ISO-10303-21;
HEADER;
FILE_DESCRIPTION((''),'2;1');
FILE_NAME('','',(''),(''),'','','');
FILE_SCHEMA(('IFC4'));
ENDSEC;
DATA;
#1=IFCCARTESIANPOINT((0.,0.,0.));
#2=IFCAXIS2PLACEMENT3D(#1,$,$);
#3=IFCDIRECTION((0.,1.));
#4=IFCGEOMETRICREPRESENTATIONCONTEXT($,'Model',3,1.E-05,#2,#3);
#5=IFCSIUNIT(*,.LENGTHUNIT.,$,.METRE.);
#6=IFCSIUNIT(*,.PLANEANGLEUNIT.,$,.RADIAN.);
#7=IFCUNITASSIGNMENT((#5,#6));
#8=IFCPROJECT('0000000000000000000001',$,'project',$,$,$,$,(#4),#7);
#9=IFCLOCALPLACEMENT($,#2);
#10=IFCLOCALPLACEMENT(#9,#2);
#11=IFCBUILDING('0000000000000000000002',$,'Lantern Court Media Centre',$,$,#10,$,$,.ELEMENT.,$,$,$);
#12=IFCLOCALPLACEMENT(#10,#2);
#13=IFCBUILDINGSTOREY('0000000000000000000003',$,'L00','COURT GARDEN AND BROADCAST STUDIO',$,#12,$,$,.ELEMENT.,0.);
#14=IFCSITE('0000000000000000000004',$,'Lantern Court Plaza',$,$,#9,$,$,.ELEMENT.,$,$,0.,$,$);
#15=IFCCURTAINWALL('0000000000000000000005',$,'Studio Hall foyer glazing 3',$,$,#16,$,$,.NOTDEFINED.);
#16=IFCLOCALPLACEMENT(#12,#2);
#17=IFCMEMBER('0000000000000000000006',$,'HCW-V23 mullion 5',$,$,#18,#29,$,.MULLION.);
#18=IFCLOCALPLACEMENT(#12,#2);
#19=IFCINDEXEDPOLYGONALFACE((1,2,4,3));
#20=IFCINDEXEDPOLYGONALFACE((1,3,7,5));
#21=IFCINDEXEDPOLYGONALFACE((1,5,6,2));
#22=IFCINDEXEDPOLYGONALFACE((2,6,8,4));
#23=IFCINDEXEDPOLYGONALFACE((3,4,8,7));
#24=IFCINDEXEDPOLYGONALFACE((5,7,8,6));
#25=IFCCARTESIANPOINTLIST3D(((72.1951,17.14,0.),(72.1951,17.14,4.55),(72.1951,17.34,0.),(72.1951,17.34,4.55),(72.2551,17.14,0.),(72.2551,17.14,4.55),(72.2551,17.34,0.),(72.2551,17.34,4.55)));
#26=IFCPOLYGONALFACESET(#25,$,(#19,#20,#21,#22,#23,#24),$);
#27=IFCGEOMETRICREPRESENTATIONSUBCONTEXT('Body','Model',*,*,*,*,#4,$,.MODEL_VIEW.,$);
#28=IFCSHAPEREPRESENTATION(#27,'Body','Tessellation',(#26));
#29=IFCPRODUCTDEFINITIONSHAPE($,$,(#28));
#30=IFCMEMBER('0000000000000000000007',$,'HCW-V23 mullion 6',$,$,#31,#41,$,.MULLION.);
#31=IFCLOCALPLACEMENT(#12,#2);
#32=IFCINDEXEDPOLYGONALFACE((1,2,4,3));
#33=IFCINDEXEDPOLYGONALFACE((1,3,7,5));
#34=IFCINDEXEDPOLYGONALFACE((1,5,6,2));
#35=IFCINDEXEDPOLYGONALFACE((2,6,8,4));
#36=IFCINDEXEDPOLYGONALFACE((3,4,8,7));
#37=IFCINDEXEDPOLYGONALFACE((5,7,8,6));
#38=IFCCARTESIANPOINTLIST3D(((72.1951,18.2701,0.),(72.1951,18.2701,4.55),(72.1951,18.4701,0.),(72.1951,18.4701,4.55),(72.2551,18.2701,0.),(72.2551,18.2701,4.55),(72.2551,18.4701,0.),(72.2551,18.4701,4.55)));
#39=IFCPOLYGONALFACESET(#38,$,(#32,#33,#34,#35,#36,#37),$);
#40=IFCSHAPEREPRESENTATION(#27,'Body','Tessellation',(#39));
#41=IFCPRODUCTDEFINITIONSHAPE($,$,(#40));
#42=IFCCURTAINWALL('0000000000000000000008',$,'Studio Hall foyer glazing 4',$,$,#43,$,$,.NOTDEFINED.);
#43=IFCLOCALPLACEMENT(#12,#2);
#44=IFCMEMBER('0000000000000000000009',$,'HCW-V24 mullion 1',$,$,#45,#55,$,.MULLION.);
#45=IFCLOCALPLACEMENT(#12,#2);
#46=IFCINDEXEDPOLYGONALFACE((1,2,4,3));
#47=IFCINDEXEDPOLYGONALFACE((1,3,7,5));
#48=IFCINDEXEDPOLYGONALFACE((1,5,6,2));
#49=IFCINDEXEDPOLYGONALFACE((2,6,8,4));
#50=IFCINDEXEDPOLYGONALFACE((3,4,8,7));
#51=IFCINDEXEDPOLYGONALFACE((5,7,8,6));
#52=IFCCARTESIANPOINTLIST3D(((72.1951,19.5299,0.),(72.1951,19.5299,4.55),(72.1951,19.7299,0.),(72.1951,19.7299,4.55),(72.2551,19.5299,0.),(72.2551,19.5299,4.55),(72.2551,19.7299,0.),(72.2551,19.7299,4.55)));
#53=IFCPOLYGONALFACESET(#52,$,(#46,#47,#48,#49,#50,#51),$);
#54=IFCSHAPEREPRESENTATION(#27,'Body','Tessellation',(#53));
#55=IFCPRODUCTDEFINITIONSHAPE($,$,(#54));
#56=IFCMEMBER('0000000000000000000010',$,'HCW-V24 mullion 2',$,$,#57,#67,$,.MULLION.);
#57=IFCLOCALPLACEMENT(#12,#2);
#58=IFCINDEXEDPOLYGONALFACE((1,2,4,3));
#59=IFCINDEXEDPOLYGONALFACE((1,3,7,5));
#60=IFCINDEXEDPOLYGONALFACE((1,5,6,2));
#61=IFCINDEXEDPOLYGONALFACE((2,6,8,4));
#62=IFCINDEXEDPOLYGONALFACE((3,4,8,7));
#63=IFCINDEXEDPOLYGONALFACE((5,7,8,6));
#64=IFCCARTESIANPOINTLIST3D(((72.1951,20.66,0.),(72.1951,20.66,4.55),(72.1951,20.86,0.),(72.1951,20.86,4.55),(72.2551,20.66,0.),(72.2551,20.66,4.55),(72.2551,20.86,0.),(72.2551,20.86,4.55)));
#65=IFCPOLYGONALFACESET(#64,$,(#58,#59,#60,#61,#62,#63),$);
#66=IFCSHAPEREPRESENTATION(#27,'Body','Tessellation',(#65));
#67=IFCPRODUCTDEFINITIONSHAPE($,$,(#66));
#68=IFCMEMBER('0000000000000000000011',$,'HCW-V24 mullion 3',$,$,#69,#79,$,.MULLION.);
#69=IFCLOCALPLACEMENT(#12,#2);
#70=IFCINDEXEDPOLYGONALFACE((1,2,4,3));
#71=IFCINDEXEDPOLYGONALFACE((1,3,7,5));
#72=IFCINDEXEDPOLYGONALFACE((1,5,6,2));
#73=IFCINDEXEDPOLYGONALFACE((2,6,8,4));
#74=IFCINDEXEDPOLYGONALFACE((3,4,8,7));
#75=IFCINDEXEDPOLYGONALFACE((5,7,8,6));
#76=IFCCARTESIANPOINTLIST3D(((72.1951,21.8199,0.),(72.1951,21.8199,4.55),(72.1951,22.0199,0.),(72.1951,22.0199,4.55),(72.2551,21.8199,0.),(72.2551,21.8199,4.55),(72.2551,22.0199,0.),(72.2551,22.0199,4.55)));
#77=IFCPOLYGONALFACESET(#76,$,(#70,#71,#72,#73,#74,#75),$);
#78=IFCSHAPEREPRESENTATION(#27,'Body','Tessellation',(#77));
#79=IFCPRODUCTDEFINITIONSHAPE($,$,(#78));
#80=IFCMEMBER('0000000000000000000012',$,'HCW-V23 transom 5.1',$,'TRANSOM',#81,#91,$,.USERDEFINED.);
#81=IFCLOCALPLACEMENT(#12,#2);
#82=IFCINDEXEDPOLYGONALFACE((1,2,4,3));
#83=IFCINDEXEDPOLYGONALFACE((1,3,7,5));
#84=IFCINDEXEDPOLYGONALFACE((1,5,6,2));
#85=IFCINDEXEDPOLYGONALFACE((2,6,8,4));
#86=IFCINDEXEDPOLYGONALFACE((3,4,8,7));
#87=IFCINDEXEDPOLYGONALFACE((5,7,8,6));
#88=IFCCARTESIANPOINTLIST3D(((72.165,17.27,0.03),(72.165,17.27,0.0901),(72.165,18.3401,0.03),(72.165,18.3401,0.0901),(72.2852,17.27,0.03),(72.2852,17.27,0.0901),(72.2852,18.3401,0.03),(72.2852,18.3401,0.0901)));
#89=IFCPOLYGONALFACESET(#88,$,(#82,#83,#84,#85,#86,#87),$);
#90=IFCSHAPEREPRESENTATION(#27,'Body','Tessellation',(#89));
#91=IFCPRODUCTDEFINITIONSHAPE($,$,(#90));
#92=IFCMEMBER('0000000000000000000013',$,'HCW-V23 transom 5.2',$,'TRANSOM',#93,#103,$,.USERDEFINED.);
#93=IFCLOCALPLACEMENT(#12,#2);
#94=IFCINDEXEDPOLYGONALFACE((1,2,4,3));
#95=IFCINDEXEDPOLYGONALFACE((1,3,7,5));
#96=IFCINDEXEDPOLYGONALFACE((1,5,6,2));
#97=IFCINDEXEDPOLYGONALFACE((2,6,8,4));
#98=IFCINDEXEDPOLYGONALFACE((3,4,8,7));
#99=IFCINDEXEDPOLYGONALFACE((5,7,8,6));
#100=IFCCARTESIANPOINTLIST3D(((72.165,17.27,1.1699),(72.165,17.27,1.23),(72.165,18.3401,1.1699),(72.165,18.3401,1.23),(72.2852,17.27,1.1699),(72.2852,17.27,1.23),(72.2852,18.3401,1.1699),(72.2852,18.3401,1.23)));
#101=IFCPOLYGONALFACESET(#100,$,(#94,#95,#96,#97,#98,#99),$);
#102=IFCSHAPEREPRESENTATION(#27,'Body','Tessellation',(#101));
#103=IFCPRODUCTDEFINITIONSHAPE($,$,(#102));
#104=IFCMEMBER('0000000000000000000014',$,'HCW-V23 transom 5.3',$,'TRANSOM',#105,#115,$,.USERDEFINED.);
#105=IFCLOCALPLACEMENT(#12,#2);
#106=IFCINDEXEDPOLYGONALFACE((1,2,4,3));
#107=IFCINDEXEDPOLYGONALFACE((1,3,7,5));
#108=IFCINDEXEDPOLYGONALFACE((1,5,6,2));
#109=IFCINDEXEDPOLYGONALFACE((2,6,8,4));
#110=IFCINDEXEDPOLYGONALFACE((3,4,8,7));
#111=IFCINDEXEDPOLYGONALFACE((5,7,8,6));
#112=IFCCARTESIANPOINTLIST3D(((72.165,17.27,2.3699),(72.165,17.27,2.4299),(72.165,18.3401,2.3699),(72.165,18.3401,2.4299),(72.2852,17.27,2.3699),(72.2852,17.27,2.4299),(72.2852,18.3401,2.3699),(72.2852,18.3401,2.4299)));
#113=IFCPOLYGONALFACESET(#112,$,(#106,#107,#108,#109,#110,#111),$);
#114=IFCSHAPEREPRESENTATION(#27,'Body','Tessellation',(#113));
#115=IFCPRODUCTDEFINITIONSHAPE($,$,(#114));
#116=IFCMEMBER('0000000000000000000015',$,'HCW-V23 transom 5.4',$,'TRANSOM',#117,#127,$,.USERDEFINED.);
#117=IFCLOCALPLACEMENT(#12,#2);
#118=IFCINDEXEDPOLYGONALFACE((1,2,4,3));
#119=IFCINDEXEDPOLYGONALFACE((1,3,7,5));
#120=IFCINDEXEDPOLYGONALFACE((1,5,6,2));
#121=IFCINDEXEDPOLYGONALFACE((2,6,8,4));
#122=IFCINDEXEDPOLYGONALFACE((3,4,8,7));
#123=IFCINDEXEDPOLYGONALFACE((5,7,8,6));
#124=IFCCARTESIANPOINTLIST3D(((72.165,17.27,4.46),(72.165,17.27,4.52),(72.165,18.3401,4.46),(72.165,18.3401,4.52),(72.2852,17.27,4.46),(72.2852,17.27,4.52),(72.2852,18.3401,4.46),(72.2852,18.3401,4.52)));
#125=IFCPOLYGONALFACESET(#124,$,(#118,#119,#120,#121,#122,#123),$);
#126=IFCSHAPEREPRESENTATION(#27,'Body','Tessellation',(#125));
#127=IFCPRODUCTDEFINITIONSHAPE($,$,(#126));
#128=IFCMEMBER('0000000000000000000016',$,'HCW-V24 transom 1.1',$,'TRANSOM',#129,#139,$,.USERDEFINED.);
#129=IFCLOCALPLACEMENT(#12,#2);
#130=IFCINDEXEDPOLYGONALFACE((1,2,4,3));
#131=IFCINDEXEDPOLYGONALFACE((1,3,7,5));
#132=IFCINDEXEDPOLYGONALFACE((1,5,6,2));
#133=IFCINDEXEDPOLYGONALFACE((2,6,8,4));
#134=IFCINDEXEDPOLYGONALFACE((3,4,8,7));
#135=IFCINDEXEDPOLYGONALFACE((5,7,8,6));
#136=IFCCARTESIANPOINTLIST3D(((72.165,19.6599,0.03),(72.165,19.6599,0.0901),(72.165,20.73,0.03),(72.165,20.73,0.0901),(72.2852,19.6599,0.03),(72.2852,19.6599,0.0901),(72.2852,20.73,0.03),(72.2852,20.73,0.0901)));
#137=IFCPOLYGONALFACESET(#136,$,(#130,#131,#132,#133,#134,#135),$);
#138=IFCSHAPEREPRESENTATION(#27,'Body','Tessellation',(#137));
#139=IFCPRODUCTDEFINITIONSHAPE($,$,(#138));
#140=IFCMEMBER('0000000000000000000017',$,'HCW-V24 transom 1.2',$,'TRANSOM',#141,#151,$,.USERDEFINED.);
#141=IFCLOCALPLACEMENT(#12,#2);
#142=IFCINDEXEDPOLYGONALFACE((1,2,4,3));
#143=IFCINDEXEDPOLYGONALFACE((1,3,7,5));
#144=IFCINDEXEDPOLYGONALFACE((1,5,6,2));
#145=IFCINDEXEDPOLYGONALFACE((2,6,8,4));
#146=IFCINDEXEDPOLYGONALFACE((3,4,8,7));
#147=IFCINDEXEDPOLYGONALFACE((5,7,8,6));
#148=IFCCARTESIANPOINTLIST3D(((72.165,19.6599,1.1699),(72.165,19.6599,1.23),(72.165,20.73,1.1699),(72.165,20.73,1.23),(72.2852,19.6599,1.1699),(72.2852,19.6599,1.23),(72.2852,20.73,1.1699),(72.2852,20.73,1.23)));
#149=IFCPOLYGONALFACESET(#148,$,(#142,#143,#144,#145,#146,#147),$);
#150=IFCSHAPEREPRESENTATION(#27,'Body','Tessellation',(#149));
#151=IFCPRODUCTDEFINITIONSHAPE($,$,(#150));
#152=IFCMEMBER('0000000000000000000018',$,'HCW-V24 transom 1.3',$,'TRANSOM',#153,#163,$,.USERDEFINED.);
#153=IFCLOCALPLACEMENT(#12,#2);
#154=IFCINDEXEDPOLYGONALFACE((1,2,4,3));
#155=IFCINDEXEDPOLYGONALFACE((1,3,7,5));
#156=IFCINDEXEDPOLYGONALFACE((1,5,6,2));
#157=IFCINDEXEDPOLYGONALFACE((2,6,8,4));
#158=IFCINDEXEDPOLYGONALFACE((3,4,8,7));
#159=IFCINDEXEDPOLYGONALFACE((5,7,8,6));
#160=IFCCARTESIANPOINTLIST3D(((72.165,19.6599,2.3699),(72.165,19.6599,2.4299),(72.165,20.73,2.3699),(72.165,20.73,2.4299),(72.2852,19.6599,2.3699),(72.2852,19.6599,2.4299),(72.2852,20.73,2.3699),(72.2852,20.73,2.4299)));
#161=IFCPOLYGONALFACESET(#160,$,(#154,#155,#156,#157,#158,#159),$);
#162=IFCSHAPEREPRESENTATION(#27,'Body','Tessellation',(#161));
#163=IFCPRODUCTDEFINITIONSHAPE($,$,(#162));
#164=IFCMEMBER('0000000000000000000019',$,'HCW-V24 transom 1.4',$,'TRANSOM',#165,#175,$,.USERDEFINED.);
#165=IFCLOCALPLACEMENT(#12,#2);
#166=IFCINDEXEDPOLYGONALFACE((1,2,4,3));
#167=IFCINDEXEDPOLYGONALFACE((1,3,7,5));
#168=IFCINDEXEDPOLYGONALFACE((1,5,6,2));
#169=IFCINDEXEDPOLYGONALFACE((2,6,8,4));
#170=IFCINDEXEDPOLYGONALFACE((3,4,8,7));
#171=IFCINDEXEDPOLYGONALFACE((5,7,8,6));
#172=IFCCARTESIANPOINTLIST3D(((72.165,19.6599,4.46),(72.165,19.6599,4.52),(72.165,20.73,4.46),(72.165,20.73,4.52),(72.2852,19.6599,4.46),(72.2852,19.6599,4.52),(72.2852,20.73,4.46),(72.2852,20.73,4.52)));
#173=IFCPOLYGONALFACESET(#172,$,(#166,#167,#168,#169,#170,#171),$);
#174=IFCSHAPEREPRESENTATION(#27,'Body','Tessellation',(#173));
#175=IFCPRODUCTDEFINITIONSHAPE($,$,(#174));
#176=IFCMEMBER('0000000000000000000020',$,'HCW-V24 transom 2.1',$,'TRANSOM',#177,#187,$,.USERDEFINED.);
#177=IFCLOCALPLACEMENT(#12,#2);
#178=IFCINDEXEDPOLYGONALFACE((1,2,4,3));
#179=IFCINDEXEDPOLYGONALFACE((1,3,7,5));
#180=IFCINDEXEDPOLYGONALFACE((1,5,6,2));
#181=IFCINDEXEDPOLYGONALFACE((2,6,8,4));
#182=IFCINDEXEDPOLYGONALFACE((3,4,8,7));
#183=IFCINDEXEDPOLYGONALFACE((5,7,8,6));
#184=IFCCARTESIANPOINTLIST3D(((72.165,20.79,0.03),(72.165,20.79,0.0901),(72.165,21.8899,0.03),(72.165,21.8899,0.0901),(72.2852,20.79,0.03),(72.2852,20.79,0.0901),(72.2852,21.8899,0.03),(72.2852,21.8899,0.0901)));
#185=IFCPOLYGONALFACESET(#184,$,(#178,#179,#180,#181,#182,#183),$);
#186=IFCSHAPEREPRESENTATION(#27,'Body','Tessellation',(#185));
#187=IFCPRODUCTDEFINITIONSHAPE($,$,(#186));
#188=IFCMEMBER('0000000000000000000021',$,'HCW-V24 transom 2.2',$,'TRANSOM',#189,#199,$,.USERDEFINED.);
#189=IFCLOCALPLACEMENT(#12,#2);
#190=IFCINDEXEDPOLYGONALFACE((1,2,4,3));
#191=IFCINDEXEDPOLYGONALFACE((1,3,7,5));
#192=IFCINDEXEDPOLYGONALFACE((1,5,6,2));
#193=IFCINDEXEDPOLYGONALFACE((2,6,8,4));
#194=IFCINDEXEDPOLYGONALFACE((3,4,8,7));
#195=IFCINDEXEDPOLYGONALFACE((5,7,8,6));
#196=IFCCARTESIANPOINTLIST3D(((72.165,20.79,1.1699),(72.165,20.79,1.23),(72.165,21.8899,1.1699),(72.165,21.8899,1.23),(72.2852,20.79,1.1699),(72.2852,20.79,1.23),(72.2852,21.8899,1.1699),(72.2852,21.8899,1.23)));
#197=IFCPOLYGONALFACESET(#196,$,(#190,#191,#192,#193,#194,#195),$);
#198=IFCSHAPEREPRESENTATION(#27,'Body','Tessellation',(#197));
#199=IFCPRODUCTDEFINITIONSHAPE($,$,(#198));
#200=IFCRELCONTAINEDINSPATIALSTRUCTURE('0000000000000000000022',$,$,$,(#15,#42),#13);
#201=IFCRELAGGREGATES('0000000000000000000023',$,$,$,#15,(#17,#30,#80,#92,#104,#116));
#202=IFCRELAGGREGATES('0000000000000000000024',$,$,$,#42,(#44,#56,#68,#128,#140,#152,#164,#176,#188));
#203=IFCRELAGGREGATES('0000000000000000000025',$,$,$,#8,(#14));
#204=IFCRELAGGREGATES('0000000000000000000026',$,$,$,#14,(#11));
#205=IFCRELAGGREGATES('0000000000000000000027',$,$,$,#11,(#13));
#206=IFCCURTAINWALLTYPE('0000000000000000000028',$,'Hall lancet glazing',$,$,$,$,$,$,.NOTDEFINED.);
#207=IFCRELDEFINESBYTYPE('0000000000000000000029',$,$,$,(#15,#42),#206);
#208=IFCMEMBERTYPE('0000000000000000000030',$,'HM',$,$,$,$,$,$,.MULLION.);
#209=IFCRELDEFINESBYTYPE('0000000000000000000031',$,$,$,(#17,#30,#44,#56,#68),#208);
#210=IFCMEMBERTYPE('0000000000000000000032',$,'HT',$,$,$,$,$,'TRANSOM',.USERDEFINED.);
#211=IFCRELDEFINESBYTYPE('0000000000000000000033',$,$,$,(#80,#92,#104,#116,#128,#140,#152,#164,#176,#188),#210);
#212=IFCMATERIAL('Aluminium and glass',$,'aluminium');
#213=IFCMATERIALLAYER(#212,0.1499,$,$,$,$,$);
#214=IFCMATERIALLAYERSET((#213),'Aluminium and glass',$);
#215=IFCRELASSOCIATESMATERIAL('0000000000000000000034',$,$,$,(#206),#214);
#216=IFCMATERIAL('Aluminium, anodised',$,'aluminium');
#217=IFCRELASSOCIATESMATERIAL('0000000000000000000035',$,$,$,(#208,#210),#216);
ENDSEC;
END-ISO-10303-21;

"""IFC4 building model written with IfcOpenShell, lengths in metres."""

from ifc_helpers import new_model, si_unit, direction, frame, origin, origin_2d, place, context, subcontext, project, spatial, rectangle, extrude, material, layer, layer_set, material_profile, profile_set, type_object, element, aggregate, save


model = new_model("IFC4")

# Units and contexts
model_context = context("Model", 3, precision=1e-05, world=origin(), true_north=direction((0.0, 1.0)))
body_context = subcontext(model_context, "Body", "Model", "MODEL_VIEW")
ifc_project = project(units=[si_unit("LENGTHUNIT", "METRE"), si_unit("PLANEANGLEUNIT", "RADIAN")], contexts=[model_context])

# Site, building, storey
site_placement = place(None, origin())
site = spatial("IfcSite", under=ifc_project, at=site_placement, Name="Lantern Court Plaza", CompositionType="ELEMENT", RefElevation=0.0)
building_placement = place(site_placement, origin())
building = spatial("IfcBuilding", under=site, at=building_placement, Name="Lantern Court Media Centre", CompositionType="ELEMENT")
storey_placement = place(building_placement, origin())
storey = spatial("IfcBuildingStorey", under=building, at=storey_placement, Name="L00", Description="COURT GARDEN AND BROADCAST STUDIO", CompositionType="ELEMENT", Elevation=0.0)

# Curtain walls, members
ifc_material_1 = material(Name="Aluminium and glass", Category="aluminium")
ifc_layer_1 = layer(ifc_material_1, 0.1499)
ifc_layer_set_1 = layer_set([ifc_layer_1], Name="Aluminium and glass")
curtain_wall_type = type_object("IfcCurtainWallType", Name="Hall lancet glazing", PredefinedType="NOTDEFINED", material=ifc_layer_set_1)
curtain_wall_1_placement = place(storey_placement, origin())
curtain_wall_1 = element("IfcCurtainWall", 1, at=curtain_wall_1_placement, inside=storey, type_object=curtain_wall_type, Name="Studio Hall foyer glazing 3", PredefinedType="NOTDEFINED")
ifc_material_2 = material(Name="Aluminium, anodised", Category="aluminium")
ifc_material_profile_1 = material_profile(ifc_material_2, rectangle(XDim=0.0601, YDim=0.2, at=origin_2d()), Name="HM")
ifc_profile_set_1 = profile_set([ifc_material_profile_1], Name="Aluminium, anodised")
member_type_1 = type_object("IfcMemberType", Name="HM", PredefinedType="MULLION", material=ifc_profile_set_1)
member_1_placement = place(storey_placement, frame((72.2251, 17.24, 0.0), z_axis=(0.0, 0.0, 1.0), x_axis=(-1.0, 0.0, 0.0)))
member_1 = element("IfcMember", 2, at=member_1_placement, type_object=member_type_1, Name="HCW-V23 mullion 5", PredefinedType="MULLION", context=body_context, shape_type="SweptSolid", body=[
    extrude(rectangle(XDim=0.0601, YDim=0.2, at=origin_2d()), origin(), (0.0, 0.0, 1.0), 4.55),
])
member_2_placement = place(storey_placement, frame((72.2251, 18.3701, 0.0), z_axis=(0.0, 0.0, 1.0), x_axis=(-1.0, 0.0, 0.0)))
member_2 = element("IfcMember", 3, at=member_2_placement, type_object=member_type_1, Name="HCW-V23 mullion 6", PredefinedType="MULLION", context=body_context, shape_type="SweptSolid", body=[
    extrude(rectangle(XDim=0.0601, YDim=0.2, at=origin_2d()), origin(), (0.0, 0.0, 1.0), 4.55),
])
curtain_wall_2_placement = place(storey_placement, origin())
curtain_wall_2 = element("IfcCurtainWall", 4, at=curtain_wall_2_placement, inside=storey, type_object=curtain_wall_type, Name="Studio Hall foyer glazing 4", PredefinedType="NOTDEFINED")
member_3_placement = place(storey_placement, frame((72.2251, 19.6299, 0.0), z_axis=(0.0, 0.0, 1.0), x_axis=(-1.0, 0.0, 0.0)))
member_3 = element("IfcMember", 5, at=member_3_placement, type_object=member_type_1, Name="HCW-V24 mullion 1", PredefinedType="MULLION", context=body_context, shape_type="SweptSolid", body=[
    extrude(rectangle(XDim=0.0601, YDim=0.2, at=origin_2d()), origin(), (0.0, 0.0, 1.0), 4.55),
])
member_4_placement = place(storey_placement, frame((72.2251, 20.76, 0.0), z_axis=(0.0, 0.0, 1.0), x_axis=(-1.0, 0.0, 0.0)))
member_4 = element("IfcMember", 6, at=member_4_placement, type_object=member_type_1, Name="HCW-V24 mullion 2", PredefinedType="MULLION", context=body_context, shape_type="SweptSolid", body=[
    extrude(rectangle(XDim=0.0601, YDim=0.2, at=origin_2d()), origin(), (0.0, 0.0, 1.0), 4.55),
])
member_5_placement = place(storey_placement, frame((72.2251, 21.9199, 0.0), z_axis=(0.0, 0.0, 1.0), x_axis=(-1.0, 0.0, 0.0)))
member_5 = element("IfcMember", 7, at=member_5_placement, type_object=member_type_1, Name="HCW-V24 mullion 3", PredefinedType="MULLION", context=body_context, shape_type="SweptSolid", body=[
    extrude(rectangle(XDim=0.0601, YDim=0.2, at=origin_2d()), origin(), (0.0, 0.0, 1.0), 4.55),
])

# Members
ifc_material_profile_2 = material_profile(ifc_material_2, rectangle(XDim=0.1201, YDim=0.0601, at=origin_2d()), Name="HT")
ifc_profile_set_2 = profile_set([ifc_material_profile_2], Name="Aluminium, anodised")
member_type_2 = type_object("IfcMemberType", Name="HT", ElementType="TRANSOM", PredefinedType="USERDEFINED", material=ifc_profile_set_2)
member_6_placement = place(storey_placement, frame((72.2251, 17.27, 0.0601), z_axis=(0.0, 1.0, 0.0), x_axis=(-1.0, 0.0, 0.0)))
member_6 = element("IfcMember", 8, at=member_6_placement, type_object=member_type_2, Name="HCW-V23 transom 5.1", ObjectType="TRANSOM", PredefinedType="USERDEFINED", context=body_context, shape_type="SweptSolid", body=[
    extrude(rectangle(XDim=0.1201, YDim=0.0601, at=origin_2d()), origin(), (0.0, 0.0, 1.0), 1.0701),
])
member_7_placement = place(storey_placement, frame((72.2251, 17.27, 1.2), z_axis=(0.0, 1.0, 0.0), x_axis=(-1.0, 0.0, 0.0)))
member_7 = element("IfcMember", 9, at=member_7_placement, type_object=member_type_2, Name="HCW-V23 transom 5.2", ObjectType="TRANSOM", PredefinedType="USERDEFINED", context=body_context, shape_type="SweptSolid", body=[
    extrude(rectangle(XDim=0.1201, YDim=0.0601, at=origin_2d()), origin(), (0.0, 0.0, 1.0), 1.0701),
])
member_8_placement = place(storey_placement, frame((72.2251, 17.27, 2.3999), z_axis=(0.0, 1.0, 0.0), x_axis=(-1.0, 0.0, 0.0)))
member_8 = element("IfcMember", 10, at=member_8_placement, type_object=member_type_2, Name="HCW-V23 transom 5.3", ObjectType="TRANSOM", PredefinedType="USERDEFINED", context=body_context, shape_type="SweptSolid", body=[
    extrude(rectangle(XDim=0.1201, YDim=0.0601, at=origin_2d()), origin(), (0.0, 0.0, 1.0), 1.0701),
])
member_9_placement = place(storey_placement, frame((72.2251, 17.27, 4.49), z_axis=(0.0, 1.0, 0.0), x_axis=(-1.0, 0.0, 0.0)))
member_9 = element("IfcMember", 11, at=member_9_placement, type_object=member_type_2, Name="HCW-V23 transom 5.4", ObjectType="TRANSOM", PredefinedType="USERDEFINED", context=body_context, shape_type="SweptSolid", body=[
    extrude(rectangle(XDim=0.1201, YDim=0.0601, at=origin_2d()), origin(), (0.0, 0.0, 1.0), 1.0701),
])
member_10_placement = place(storey_placement, frame((72.2251, 19.6599, 0.0601), z_axis=(0.0, 1.0, 0.0), x_axis=(-1.0, 0.0, 0.0)))
member_10 = element("IfcMember", 12, at=member_10_placement, type_object=member_type_2, Name="HCW-V24 transom 1.1", ObjectType="TRANSOM", PredefinedType="USERDEFINED", context=body_context, shape_type="SweptSolid", body=[
    extrude(rectangle(XDim=0.1201, YDim=0.0601, at=origin_2d()), origin(), (0.0, 0.0, 1.0), 1.0701),
])
member_11_placement = place(storey_placement, frame((72.2251, 19.6599, 1.2), z_axis=(0.0, 1.0, 0.0), x_axis=(-1.0, 0.0, 0.0)))
member_11 = element("IfcMember", 13, at=member_11_placement, type_object=member_type_2, Name="HCW-V24 transom 1.2", ObjectType="TRANSOM", PredefinedType="USERDEFINED", context=body_context, shape_type="SweptSolid", body=[
    extrude(rectangle(XDim=0.1201, YDim=0.0601, at=origin_2d()), origin(), (0.0, 0.0, 1.0), 1.0701),
])
member_12_placement = place(storey_placement, frame((72.2251, 19.6599, 2.3999), z_axis=(0.0, 1.0, 0.0), x_axis=(-1.0, 0.0, 0.0)))
member_12 = element("IfcMember", 14, at=member_12_placement, type_object=member_type_2, Name="HCW-V24 transom 1.3", ObjectType="TRANSOM", PredefinedType="USERDEFINED", context=body_context, shape_type="SweptSolid", body=[
    extrude(rectangle(XDim=0.1201, YDim=0.0601, at=origin_2d()), origin(), (0.0, 0.0, 1.0), 1.0701),
])
member_13_placement = place(storey_placement, frame((72.2251, 19.6599, 4.49), z_axis=(0.0, 1.0, 0.0), x_axis=(-1.0, 0.0, 0.0)))
member_13 = element("IfcMember", 15, at=member_13_placement, type_object=member_type_2, Name="HCW-V24 transom 1.4", ObjectType="TRANSOM", PredefinedType="USERDEFINED", context=body_context, shape_type="SweptSolid", body=[
    extrude(rectangle(XDim=0.1201, YDim=0.0601, at=origin_2d()), origin(), (0.0, 0.0, 1.0), 1.0701),
])
member_14_placement = place(storey_placement, frame((72.2251, 20.79, 0.0601), z_axis=(0.0, 1.0, 0.0), x_axis=(-1.0, 0.0, 0.0)))
member_14 = element("IfcMember", 16, at=member_14_placement, type_object=member_type_2, Name="HCW-V24 transom 2.1", ObjectType="TRANSOM", PredefinedType="USERDEFINED", context=body_context, shape_type="SweptSolid", body=[
    extrude(rectangle(XDim=0.1201, YDim=0.0601, at=origin_2d()), origin(), (0.0, 0.0, 1.0), 1.0999),
])
member_15_placement = place(storey_placement, frame((72.2251, 20.79, 1.2), z_axis=(0.0, 1.0, 0.0), x_axis=(-1.0, 0.0, 0.0)))
member_15 = element("IfcMember", 17, at=member_15_placement, type_object=member_type_2, Name="HCW-V24 transom 2.2", ObjectType="TRANSOM", PredefinedType="USERDEFINED", context=body_context, shape_type="SweptSolid", body=[
    extrude(rectangle(XDim=0.1201, YDim=0.0601, at=origin_2d()), origin(), (0.0, 0.0, 1.0), 1.0999),
])

aggregate(curtain_wall_1, [member_1, member_2, member_6, member_7, member_8, member_9])
aggregate(curtain_wall_2, [member_3, member_4, member_5, member_10, member_11, member_12, member_13, member_14, member_15])

save(model, "model.ifc")
